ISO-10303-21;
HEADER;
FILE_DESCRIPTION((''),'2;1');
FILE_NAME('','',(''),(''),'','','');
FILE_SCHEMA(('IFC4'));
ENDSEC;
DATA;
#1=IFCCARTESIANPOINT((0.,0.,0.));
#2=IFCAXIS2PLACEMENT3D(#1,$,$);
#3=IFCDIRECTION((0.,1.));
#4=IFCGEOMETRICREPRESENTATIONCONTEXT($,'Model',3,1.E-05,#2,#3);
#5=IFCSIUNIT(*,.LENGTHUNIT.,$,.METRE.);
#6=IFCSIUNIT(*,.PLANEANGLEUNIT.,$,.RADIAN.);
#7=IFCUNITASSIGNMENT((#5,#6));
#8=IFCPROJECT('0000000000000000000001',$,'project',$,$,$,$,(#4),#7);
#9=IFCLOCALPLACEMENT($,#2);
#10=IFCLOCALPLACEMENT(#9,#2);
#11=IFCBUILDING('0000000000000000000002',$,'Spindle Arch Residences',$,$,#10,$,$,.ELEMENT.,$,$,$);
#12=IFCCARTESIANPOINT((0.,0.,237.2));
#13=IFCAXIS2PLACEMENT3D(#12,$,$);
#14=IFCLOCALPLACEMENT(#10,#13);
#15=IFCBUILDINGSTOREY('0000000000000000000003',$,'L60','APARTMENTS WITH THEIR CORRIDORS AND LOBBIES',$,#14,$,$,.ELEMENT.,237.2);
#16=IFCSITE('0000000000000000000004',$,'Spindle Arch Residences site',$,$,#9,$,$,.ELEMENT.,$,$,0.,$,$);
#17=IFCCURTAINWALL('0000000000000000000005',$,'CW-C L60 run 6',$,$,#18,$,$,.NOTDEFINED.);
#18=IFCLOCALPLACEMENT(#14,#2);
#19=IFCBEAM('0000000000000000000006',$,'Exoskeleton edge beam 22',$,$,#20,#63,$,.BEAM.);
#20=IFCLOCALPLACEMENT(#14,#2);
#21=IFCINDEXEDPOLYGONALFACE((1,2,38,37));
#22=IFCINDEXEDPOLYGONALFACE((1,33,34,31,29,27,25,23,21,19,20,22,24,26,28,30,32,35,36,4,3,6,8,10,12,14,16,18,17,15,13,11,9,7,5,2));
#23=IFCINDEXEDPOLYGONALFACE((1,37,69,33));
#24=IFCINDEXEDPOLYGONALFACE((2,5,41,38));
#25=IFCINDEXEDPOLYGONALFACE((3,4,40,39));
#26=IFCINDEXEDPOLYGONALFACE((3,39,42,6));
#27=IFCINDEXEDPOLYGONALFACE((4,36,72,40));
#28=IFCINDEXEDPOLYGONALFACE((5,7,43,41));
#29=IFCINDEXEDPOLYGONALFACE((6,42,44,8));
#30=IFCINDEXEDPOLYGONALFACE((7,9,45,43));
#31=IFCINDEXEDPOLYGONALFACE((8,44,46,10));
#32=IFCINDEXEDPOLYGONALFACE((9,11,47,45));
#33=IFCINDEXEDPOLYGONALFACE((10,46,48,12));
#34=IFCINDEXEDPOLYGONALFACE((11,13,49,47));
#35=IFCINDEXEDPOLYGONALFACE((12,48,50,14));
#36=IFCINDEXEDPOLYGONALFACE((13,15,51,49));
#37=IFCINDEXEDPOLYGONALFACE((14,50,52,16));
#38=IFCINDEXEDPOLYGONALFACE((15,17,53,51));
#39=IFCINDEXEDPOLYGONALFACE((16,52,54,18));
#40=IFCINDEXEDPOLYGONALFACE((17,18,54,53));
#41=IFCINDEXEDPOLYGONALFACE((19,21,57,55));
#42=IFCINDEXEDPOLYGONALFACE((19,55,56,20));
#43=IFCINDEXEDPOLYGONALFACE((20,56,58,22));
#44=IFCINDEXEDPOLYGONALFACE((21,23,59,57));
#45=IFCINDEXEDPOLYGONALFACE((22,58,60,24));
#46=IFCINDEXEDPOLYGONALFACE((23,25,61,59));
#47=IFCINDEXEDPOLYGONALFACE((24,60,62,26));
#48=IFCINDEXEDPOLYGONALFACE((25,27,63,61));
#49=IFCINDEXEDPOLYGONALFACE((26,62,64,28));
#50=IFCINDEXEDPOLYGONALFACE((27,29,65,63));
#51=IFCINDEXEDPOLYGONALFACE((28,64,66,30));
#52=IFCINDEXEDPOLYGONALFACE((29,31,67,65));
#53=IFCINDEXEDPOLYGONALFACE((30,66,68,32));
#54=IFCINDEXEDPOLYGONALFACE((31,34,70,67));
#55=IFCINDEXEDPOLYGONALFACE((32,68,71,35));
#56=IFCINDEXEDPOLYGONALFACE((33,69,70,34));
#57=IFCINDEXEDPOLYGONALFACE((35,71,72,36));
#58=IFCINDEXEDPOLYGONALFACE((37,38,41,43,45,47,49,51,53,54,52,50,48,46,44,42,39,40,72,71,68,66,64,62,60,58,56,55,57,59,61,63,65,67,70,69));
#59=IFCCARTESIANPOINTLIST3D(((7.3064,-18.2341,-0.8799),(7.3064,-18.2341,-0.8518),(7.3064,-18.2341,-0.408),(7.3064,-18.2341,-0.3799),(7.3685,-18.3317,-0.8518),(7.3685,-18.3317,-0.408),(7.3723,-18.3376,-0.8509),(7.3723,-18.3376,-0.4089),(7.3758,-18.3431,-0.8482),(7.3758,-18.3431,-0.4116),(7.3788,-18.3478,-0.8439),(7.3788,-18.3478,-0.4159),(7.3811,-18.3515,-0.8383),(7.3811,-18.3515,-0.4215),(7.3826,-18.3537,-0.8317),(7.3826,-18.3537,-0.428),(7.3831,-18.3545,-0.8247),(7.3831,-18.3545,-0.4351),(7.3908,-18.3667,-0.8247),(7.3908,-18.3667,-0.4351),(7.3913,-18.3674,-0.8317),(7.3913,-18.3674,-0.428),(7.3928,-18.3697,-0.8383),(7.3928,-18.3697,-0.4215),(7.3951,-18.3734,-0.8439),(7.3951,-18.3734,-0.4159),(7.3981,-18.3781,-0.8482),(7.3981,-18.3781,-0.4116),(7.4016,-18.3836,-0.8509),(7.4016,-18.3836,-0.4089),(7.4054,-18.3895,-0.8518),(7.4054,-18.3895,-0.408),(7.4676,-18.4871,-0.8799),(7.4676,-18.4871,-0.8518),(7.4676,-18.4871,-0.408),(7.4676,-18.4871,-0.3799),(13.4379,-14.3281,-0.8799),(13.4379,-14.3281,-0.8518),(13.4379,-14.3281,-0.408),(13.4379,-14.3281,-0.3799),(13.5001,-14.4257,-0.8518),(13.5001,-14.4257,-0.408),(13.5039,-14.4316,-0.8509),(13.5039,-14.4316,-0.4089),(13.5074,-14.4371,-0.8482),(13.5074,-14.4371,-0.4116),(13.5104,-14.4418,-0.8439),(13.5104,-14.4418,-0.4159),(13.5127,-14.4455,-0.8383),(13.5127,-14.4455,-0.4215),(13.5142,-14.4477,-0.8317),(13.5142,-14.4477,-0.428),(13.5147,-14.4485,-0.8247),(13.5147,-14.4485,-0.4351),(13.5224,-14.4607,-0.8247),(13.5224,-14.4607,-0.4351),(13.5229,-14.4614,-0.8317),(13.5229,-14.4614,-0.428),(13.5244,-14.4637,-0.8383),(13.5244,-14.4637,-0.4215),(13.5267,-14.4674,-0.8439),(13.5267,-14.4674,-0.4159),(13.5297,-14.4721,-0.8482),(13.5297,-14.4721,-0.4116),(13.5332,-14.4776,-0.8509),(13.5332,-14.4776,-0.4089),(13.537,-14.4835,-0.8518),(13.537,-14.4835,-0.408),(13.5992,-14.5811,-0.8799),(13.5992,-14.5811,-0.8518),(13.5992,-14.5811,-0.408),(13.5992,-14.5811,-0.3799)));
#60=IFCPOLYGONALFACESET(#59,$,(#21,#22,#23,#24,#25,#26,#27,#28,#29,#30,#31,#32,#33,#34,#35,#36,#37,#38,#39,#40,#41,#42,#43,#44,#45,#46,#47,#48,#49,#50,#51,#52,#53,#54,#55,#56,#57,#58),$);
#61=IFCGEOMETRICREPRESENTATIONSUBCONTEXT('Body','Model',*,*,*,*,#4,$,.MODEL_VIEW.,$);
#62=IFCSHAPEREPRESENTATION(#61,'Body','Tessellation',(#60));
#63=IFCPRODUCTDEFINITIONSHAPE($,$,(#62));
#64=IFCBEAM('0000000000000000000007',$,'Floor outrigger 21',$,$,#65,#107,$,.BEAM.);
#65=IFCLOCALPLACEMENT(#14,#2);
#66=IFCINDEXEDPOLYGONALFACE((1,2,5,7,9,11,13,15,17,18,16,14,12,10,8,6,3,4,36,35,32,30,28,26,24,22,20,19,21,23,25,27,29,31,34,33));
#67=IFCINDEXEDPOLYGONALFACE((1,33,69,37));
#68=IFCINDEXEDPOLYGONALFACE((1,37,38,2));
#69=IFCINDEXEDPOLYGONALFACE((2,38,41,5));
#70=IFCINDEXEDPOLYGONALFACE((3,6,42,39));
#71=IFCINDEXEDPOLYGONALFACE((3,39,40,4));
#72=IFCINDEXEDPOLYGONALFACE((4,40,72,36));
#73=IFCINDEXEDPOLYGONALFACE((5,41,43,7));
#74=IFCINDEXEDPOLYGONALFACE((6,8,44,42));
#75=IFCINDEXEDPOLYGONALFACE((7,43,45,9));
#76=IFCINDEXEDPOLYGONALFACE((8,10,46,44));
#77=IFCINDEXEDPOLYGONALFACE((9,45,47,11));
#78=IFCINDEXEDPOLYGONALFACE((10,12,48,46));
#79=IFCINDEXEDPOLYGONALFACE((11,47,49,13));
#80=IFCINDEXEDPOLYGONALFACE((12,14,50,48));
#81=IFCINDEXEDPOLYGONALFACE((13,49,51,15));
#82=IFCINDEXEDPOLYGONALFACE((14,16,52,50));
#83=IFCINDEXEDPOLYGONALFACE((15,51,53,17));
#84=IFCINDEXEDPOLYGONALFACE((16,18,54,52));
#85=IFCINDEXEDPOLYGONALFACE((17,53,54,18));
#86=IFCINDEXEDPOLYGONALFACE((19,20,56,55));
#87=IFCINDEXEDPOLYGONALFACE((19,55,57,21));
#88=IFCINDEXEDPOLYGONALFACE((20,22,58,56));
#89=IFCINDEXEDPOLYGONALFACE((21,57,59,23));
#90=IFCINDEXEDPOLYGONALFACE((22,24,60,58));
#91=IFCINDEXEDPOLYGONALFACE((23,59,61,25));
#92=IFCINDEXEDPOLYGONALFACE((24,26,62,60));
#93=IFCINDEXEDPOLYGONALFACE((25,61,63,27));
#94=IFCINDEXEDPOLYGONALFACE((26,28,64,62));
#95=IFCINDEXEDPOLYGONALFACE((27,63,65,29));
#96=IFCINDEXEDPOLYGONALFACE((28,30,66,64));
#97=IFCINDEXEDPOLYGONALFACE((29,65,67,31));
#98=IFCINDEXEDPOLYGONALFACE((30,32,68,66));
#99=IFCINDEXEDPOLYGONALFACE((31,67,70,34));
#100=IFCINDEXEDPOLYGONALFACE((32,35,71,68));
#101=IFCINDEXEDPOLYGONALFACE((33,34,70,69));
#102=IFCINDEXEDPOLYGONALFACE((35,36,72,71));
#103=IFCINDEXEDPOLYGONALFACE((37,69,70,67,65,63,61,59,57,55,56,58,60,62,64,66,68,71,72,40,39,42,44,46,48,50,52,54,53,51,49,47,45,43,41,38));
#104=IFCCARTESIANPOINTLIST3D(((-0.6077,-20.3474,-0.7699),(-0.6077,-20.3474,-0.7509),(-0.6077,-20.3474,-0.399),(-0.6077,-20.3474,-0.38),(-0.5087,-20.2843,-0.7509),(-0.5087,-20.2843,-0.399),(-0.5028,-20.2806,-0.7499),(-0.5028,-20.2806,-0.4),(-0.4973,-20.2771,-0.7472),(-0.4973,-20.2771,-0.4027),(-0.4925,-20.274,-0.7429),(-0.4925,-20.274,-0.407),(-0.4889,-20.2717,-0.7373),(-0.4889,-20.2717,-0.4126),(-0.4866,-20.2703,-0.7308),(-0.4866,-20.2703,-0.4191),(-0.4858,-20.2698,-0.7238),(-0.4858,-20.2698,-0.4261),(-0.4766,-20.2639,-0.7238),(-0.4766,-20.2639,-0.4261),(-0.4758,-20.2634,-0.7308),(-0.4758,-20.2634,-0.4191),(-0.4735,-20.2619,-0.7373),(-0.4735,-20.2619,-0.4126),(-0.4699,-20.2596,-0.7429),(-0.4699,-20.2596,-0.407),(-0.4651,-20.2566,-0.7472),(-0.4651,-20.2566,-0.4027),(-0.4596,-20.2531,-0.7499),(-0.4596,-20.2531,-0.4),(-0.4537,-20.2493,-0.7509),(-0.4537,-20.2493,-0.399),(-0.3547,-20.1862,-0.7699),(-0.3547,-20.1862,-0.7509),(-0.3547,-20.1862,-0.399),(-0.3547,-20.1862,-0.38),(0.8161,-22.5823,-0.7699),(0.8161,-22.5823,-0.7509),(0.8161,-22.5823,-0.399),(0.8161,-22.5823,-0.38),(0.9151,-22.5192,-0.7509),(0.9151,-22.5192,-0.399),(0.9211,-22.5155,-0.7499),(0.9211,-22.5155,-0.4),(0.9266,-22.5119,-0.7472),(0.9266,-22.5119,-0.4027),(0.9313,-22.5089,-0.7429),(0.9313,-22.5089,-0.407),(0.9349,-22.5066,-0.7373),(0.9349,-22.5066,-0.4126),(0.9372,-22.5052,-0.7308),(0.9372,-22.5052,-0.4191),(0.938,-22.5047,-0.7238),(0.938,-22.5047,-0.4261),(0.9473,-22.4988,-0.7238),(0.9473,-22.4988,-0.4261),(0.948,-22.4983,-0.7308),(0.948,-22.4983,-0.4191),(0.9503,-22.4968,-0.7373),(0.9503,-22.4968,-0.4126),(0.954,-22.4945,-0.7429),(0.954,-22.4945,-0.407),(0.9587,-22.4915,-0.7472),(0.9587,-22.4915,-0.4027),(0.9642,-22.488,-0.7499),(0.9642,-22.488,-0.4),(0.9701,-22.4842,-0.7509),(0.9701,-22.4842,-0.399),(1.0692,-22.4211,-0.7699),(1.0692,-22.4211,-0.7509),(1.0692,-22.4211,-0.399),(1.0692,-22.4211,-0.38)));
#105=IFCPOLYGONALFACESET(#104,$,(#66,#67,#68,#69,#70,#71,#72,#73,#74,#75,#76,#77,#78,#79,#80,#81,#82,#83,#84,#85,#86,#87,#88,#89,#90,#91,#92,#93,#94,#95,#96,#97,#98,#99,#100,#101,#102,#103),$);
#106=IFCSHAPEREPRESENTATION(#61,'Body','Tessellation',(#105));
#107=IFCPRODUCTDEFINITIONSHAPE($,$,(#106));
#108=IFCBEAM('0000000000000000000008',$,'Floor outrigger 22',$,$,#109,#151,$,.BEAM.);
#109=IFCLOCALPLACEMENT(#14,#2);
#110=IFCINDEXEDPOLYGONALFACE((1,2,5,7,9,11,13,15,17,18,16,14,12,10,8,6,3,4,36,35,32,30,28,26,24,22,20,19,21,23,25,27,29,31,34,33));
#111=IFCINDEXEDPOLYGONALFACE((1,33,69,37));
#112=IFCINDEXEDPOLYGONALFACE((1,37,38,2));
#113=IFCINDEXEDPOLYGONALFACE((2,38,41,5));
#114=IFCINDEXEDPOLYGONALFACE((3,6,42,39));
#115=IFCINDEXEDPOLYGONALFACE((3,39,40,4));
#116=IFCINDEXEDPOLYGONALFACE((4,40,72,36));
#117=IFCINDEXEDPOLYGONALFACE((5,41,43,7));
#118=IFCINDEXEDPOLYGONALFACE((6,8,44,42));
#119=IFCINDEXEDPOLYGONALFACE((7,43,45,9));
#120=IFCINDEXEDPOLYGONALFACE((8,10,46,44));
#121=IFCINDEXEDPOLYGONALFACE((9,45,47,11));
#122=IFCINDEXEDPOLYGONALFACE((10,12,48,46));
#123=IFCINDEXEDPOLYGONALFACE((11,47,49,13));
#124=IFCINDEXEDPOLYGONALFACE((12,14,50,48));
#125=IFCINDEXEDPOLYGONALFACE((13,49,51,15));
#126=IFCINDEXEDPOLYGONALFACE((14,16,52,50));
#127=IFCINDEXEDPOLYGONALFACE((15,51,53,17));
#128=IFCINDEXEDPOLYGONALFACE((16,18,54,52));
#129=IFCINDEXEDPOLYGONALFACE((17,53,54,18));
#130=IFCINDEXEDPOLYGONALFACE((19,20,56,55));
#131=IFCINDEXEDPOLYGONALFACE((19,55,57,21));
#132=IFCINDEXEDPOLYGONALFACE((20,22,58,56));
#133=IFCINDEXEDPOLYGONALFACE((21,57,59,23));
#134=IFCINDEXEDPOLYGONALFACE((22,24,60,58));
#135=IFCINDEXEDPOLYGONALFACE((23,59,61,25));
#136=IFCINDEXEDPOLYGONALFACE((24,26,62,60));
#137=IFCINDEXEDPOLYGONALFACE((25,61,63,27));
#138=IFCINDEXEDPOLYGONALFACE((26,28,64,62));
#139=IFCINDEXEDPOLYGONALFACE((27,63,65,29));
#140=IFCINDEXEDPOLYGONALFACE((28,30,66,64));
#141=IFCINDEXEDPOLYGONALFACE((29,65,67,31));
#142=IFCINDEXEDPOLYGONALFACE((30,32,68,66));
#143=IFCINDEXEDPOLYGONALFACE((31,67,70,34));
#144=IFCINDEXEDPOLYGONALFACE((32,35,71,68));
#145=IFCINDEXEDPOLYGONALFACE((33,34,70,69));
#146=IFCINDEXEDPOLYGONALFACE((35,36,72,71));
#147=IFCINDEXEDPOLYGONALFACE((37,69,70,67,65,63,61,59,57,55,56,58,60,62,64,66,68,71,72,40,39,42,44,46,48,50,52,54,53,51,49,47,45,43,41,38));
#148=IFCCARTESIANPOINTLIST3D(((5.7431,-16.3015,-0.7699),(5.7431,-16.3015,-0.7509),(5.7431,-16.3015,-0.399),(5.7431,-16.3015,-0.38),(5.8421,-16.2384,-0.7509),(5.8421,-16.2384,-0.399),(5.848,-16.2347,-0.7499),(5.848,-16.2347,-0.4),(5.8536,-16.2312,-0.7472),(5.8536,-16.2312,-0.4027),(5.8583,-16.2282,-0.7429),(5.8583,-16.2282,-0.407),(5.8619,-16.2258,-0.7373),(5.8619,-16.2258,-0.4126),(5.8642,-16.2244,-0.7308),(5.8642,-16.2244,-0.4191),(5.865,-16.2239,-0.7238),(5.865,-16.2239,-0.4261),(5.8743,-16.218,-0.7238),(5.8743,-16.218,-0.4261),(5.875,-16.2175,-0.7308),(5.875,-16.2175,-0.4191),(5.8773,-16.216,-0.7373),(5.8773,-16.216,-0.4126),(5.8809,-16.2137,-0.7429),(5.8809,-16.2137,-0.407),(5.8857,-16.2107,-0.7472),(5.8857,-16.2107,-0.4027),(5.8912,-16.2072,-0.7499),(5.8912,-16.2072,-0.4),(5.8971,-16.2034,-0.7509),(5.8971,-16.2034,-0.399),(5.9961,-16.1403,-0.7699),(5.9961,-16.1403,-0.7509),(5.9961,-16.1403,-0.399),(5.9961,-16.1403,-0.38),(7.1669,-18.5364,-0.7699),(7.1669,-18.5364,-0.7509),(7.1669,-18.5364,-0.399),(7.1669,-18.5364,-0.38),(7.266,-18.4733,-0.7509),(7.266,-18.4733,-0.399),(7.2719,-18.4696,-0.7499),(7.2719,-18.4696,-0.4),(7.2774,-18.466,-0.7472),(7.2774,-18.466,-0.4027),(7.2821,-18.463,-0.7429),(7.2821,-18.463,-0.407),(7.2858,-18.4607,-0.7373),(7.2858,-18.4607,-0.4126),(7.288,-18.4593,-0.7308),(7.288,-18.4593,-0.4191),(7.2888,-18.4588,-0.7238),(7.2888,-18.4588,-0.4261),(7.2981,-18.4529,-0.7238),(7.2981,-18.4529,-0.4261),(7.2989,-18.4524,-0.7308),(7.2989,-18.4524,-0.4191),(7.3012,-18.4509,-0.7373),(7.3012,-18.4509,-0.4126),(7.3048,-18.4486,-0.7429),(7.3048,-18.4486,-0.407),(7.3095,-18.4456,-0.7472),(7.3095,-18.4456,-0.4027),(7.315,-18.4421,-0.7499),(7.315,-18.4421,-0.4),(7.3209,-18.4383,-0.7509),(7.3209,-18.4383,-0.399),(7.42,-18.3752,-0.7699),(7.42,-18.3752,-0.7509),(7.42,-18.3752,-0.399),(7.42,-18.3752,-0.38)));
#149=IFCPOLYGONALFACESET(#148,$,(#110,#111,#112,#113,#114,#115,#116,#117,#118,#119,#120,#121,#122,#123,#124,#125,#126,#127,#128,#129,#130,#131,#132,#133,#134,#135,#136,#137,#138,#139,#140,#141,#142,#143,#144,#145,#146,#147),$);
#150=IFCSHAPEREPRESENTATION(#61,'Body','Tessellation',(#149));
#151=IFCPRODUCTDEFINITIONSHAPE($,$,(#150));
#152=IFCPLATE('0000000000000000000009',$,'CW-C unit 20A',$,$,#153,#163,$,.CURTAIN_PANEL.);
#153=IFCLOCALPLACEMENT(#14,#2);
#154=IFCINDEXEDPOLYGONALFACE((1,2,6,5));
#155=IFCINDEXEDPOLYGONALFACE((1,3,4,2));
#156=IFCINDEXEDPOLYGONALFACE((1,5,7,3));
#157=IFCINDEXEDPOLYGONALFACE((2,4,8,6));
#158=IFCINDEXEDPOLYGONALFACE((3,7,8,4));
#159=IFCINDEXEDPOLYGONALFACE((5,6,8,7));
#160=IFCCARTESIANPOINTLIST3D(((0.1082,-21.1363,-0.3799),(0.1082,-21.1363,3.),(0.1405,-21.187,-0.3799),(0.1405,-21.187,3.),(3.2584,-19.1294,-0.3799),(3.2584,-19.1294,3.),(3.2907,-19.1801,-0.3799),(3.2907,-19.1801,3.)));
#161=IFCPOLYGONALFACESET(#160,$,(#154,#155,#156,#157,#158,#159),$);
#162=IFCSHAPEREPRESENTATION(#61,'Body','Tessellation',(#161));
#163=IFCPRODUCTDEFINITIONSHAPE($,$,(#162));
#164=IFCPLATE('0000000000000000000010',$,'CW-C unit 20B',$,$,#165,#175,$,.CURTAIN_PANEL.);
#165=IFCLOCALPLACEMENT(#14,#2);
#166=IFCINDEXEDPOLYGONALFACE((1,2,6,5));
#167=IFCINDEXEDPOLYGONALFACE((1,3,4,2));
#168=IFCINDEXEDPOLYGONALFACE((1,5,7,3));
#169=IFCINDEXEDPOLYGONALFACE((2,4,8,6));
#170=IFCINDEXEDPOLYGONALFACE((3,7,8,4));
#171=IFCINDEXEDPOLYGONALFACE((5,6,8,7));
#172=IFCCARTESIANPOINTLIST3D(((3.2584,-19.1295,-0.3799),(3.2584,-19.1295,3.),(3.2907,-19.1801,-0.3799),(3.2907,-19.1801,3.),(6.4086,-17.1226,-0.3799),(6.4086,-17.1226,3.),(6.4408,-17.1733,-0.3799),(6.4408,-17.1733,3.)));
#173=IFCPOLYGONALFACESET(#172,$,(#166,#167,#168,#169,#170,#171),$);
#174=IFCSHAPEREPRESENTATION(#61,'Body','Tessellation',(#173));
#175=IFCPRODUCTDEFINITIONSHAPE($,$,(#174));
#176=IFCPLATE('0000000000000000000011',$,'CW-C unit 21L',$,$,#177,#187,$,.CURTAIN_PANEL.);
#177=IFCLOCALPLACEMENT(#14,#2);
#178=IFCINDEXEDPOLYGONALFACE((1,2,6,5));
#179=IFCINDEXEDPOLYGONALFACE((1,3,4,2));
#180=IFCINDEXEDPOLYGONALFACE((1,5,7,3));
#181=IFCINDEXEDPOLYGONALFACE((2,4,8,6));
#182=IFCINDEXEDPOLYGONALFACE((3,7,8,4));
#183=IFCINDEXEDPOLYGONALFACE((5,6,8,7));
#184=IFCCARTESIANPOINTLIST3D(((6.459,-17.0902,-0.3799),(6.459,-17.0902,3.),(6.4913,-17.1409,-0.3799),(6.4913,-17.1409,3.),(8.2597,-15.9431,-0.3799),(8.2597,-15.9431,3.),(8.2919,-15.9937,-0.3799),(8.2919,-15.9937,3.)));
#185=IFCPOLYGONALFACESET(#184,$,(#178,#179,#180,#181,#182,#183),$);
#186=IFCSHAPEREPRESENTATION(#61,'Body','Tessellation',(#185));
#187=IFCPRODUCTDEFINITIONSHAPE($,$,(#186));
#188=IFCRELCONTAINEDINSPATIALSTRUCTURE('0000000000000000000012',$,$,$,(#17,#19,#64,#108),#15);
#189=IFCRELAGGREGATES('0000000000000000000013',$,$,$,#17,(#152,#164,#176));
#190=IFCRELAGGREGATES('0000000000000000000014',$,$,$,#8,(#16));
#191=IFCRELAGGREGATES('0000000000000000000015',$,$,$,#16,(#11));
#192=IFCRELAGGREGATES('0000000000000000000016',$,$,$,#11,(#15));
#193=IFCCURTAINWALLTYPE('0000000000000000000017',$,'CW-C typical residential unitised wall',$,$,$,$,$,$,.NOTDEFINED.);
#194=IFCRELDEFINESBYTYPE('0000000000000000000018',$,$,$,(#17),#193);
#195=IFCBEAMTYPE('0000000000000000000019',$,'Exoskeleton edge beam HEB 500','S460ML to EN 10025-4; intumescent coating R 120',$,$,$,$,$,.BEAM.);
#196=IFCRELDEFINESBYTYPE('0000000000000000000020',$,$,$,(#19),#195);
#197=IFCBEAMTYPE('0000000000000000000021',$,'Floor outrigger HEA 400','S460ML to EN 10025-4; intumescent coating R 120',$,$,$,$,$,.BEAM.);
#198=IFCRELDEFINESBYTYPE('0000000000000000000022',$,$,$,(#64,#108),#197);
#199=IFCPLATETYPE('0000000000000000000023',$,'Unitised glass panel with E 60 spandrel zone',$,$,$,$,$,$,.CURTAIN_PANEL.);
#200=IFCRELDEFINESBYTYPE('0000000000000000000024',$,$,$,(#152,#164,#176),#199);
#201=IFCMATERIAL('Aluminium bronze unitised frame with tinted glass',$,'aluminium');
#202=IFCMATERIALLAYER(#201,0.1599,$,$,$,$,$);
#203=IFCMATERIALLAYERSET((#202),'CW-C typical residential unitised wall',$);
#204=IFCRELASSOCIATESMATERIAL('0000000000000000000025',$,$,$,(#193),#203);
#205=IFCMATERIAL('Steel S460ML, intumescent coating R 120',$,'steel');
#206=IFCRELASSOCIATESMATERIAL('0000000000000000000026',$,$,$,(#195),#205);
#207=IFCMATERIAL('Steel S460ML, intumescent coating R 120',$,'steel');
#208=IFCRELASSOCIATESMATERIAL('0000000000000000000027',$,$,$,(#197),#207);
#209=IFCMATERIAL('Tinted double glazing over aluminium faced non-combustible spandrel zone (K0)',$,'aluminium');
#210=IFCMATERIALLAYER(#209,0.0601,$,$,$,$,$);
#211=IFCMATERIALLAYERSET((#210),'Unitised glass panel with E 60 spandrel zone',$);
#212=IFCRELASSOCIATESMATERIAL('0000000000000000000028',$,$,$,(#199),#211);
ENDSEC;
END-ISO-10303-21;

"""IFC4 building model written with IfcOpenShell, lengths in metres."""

from ifc_helpers import new_model, si_unit, direction, frame, origin, origin_2d, place, context, subcontext, project, spatial, rectangle, i_section, extrude, material, layer, layer_set, material_profile, profile_set, type_object, element, aggregate, save


model = new_model("IFC4")

# Units and contexts
model_context = context("Model", 3, precision=1e-05, world=origin(), true_north=direction((0.0, 1.0)))
body_context = subcontext(model_context, "Body", "Model", "MODEL_VIEW")
ifc_project = project(units=[si_unit("LENGTHUNIT", "METRE"), si_unit("PLANEANGLEUNIT", "RADIAN")], contexts=[model_context])

# Site, building, storey
site_placement = place(None, origin())
site = spatial("IfcSite", under=ifc_project, at=site_placement, Name="Spindle Arch Residences site", CompositionType="ELEMENT", RefElevation=0.0)
building_placement = place(site_placement, origin())
building = spatial("IfcBuilding", under=site, at=building_placement, Name="Spindle Arch Residences", CompositionType="ELEMENT")
storey_placement = place(building_placement, frame((0.0, 0.0, 237.2)))
storey = spatial("IfcBuildingStorey", under=building, at=storey_placement, Name="L60", Description="APARTMENTS WITH THEIR CORRIDORS AND LOBBIES", CompositionType="ELEMENT", Elevation=237.2)

# Curtain wall
ifc_material_1 = material(Name="Aluminium bronze unitised frame with tinted glass", Category="aluminium")
ifc_layer_1 = layer(ifc_material_1, 0.1599)
ifc_layer_set_1 = layer_set([ifc_layer_1], Name="CW-C typical residential unitised wall")
curtain_wall_type = type_object("IfcCurtainWallType", Name="CW-C typical residential unitised wall", PredefinedType="NOTDEFINED", material=ifc_layer_set_1)
curtain_wall_placement = place(storey_placement, origin())
curtain_wall = element("IfcCurtainWall", 1, at=curtain_wall_placement, inside=storey, type_object=curtain_wall_type, Name="CW-C L60 run 6", PredefinedType="NOTDEFINED")

# Beams
ifc_material_2 = material(Name="Steel S460ML, intumescent coating R 120", Category="steel")
ifc_material_profile_1 = material_profile(ifc_material_2, i_section(OverallWidth=0.3, OverallDepth=0.5, WebThickness=0.0144, FlangeThickness=0.0281, FilletRadius=0.0271, at=origin_2d()), Name="HEB 500")
ifc_profile_set_1 = profile_set([ifc_material_profile_1], Name="Steel S460ML, intumescent coating R 120")
beam_type_1 = type_object("IfcBeamType", Name="Exoskeleton edge beam HEB 500", Description="S460ML to EN 10025-4; intumescent coating R 120", PredefinedType="BEAM", material=ifc_profile_set_1)
for number, where, z_axis, x_axis, name in (
    (2, (7.387, -18.3606, -0.6299), (0.843407, 0.537275, 0.0), (-0.537275, 0.843407, 0.0), "Exoskeleton edge beam 22"),
):
    element("IfcBeam", number, at=place(storey_placement, frame(where, z_axis=z_axis, x_axis=x_axis)), inside=storey, type_object=beam_type_1, Name=name, PredefinedType="BEAM", context=body_context, shape_type="SweptSolid", body=[
        extrude(i_section(OverallWidth=0.3, OverallDepth=0.5, WebThickness=0.0144, FlangeThickness=0.0281, FilletRadius=0.0271, at=origin_2d()), origin(), (0.0, 0.0, 1.0), 7.27),
    ])
ifc_material_3 = material(Name="Steel S460ML, intumescent coating R 120", Category="steel")
ifc_material_profile_2 = material_profile(ifc_material_3, i_section(OverallWidth=0.3, OverallDepth=0.3899, WebThickness=0.011, FlangeThickness=0.019, FilletRadius=0.0271, at=origin_2d()), Name="HEA 400")
ifc_profile_set_2 = profile_set([ifc_material_profile_2], Name="Steel S460ML, intumescent coating R 120")
beam_type_2 = type_object("IfcBeamType", Name="Floor outrigger HEA 400", Description="S460ML to EN 10025-4; intumescent coating R 120", PredefinedType="BEAM", material=ifc_profile_set_2)
for number, where, z_axis, x_axis, name in (
    (3, (0.9426, -22.5017, -0.575), (-0.537317, 0.843381, 0.0), (-0.843381, -0.537317, 0.0), "Floor outrigger 21"),
    (4, (7.2935, -18.4558, -0.575), (-0.537317, 0.843381, 0.0), (-0.843381, -0.537317, 0.0), "Floor outrigger 22"),
):
    element("IfcBeam", number, at=place(storey_placement, frame(where, z_axis=z_axis, x_axis=x_axis)), inside=storey, type_object=beam_type_2, Name=name, PredefinedType="BEAM", context=body_context, shape_type="SweptSolid", body=[
        extrude(i_section(OverallWidth=0.3, OverallDepth=0.3899, WebThickness=0.011, FlangeThickness=0.019, FilletRadius=0.0271, at=origin_2d()), origin(), (0.0, 0.0, 1.0), 2.6499),
    ])

# Plates
ifc_material_4 = material(Name="Tinted double glazing over aluminium faced non-combustible spandrel zone (K0)", Category="aluminium")
ifc_layer_2 = layer(ifc_material_4, 0.0601)
ifc_layer_set_2 = layer_set([ifc_layer_2], Name="Unitised glass panel with E 60 spandrel zone")
plate_type = type_object("IfcPlateType", Name="Unitised glass panel with E 60 spandrel zone", PredefinedType="CURTAIN_PANEL", material=ifc_layer_set_2)
plate_1_placement = place(storey_placement, frame((1.6995, -20.1582, -0.3799), z_axis=(0.0, 0.0, 1.0), x_axis=(0.843391, 0.5373, 0.0)))
plate_1 = element("IfcPlate", 5, at=plate_1_placement, type_object=plate_type, Name="CW-C unit 20A", PredefinedType="CURTAIN_PANEL", context=body_context, shape_type="SweptSolid", body=[
    extrude(rectangle(XDim=3.7351, YDim=0.0601, at=origin_2d()), origin(), (0.0, 0.0, 1.0), 3.3799),
])
plate_2_placement = place(storey_placement, frame((4.8496, -18.1514, -0.3799), z_axis=(0.0, 0.0, 1.0), x_axis=(0.843391, 0.5373, 0.0)))
plate_2 = element("IfcPlate", 6, at=plate_2_placement, type_object=plate_type, Name="CW-C unit 20B", PredefinedType="CURTAIN_PANEL", context=body_context, shape_type="SweptSolid", body=[
    extrude(rectangle(XDim=3.7351, YDim=0.0601, at=origin_2d()), origin(), (0.0, 0.0, 1.0), 3.3799),
])
plate_3_placement = place(storey_placement, frame((7.3755, -16.542, -0.3799), z_axis=(0.0, 0.0, 1.0), x_axis=(0.843391, 0.5373, 0.0)))
plate_3 = element("IfcPlate", 7, at=plate_3_placement, type_object=plate_type, Name="CW-C unit 21L", PredefinedType="CURTAIN_PANEL", context=body_context, shape_type="SweptSolid", body=[
    extrude(rectangle(XDim=2.135, YDim=0.0601, at=origin_2d()), origin(), (0.0, 0.0, 1.0), 3.3799),
])
aggregate(curtain_wall, [plate_1, plate_2, plate_3])

save(model, "model.ifc")
